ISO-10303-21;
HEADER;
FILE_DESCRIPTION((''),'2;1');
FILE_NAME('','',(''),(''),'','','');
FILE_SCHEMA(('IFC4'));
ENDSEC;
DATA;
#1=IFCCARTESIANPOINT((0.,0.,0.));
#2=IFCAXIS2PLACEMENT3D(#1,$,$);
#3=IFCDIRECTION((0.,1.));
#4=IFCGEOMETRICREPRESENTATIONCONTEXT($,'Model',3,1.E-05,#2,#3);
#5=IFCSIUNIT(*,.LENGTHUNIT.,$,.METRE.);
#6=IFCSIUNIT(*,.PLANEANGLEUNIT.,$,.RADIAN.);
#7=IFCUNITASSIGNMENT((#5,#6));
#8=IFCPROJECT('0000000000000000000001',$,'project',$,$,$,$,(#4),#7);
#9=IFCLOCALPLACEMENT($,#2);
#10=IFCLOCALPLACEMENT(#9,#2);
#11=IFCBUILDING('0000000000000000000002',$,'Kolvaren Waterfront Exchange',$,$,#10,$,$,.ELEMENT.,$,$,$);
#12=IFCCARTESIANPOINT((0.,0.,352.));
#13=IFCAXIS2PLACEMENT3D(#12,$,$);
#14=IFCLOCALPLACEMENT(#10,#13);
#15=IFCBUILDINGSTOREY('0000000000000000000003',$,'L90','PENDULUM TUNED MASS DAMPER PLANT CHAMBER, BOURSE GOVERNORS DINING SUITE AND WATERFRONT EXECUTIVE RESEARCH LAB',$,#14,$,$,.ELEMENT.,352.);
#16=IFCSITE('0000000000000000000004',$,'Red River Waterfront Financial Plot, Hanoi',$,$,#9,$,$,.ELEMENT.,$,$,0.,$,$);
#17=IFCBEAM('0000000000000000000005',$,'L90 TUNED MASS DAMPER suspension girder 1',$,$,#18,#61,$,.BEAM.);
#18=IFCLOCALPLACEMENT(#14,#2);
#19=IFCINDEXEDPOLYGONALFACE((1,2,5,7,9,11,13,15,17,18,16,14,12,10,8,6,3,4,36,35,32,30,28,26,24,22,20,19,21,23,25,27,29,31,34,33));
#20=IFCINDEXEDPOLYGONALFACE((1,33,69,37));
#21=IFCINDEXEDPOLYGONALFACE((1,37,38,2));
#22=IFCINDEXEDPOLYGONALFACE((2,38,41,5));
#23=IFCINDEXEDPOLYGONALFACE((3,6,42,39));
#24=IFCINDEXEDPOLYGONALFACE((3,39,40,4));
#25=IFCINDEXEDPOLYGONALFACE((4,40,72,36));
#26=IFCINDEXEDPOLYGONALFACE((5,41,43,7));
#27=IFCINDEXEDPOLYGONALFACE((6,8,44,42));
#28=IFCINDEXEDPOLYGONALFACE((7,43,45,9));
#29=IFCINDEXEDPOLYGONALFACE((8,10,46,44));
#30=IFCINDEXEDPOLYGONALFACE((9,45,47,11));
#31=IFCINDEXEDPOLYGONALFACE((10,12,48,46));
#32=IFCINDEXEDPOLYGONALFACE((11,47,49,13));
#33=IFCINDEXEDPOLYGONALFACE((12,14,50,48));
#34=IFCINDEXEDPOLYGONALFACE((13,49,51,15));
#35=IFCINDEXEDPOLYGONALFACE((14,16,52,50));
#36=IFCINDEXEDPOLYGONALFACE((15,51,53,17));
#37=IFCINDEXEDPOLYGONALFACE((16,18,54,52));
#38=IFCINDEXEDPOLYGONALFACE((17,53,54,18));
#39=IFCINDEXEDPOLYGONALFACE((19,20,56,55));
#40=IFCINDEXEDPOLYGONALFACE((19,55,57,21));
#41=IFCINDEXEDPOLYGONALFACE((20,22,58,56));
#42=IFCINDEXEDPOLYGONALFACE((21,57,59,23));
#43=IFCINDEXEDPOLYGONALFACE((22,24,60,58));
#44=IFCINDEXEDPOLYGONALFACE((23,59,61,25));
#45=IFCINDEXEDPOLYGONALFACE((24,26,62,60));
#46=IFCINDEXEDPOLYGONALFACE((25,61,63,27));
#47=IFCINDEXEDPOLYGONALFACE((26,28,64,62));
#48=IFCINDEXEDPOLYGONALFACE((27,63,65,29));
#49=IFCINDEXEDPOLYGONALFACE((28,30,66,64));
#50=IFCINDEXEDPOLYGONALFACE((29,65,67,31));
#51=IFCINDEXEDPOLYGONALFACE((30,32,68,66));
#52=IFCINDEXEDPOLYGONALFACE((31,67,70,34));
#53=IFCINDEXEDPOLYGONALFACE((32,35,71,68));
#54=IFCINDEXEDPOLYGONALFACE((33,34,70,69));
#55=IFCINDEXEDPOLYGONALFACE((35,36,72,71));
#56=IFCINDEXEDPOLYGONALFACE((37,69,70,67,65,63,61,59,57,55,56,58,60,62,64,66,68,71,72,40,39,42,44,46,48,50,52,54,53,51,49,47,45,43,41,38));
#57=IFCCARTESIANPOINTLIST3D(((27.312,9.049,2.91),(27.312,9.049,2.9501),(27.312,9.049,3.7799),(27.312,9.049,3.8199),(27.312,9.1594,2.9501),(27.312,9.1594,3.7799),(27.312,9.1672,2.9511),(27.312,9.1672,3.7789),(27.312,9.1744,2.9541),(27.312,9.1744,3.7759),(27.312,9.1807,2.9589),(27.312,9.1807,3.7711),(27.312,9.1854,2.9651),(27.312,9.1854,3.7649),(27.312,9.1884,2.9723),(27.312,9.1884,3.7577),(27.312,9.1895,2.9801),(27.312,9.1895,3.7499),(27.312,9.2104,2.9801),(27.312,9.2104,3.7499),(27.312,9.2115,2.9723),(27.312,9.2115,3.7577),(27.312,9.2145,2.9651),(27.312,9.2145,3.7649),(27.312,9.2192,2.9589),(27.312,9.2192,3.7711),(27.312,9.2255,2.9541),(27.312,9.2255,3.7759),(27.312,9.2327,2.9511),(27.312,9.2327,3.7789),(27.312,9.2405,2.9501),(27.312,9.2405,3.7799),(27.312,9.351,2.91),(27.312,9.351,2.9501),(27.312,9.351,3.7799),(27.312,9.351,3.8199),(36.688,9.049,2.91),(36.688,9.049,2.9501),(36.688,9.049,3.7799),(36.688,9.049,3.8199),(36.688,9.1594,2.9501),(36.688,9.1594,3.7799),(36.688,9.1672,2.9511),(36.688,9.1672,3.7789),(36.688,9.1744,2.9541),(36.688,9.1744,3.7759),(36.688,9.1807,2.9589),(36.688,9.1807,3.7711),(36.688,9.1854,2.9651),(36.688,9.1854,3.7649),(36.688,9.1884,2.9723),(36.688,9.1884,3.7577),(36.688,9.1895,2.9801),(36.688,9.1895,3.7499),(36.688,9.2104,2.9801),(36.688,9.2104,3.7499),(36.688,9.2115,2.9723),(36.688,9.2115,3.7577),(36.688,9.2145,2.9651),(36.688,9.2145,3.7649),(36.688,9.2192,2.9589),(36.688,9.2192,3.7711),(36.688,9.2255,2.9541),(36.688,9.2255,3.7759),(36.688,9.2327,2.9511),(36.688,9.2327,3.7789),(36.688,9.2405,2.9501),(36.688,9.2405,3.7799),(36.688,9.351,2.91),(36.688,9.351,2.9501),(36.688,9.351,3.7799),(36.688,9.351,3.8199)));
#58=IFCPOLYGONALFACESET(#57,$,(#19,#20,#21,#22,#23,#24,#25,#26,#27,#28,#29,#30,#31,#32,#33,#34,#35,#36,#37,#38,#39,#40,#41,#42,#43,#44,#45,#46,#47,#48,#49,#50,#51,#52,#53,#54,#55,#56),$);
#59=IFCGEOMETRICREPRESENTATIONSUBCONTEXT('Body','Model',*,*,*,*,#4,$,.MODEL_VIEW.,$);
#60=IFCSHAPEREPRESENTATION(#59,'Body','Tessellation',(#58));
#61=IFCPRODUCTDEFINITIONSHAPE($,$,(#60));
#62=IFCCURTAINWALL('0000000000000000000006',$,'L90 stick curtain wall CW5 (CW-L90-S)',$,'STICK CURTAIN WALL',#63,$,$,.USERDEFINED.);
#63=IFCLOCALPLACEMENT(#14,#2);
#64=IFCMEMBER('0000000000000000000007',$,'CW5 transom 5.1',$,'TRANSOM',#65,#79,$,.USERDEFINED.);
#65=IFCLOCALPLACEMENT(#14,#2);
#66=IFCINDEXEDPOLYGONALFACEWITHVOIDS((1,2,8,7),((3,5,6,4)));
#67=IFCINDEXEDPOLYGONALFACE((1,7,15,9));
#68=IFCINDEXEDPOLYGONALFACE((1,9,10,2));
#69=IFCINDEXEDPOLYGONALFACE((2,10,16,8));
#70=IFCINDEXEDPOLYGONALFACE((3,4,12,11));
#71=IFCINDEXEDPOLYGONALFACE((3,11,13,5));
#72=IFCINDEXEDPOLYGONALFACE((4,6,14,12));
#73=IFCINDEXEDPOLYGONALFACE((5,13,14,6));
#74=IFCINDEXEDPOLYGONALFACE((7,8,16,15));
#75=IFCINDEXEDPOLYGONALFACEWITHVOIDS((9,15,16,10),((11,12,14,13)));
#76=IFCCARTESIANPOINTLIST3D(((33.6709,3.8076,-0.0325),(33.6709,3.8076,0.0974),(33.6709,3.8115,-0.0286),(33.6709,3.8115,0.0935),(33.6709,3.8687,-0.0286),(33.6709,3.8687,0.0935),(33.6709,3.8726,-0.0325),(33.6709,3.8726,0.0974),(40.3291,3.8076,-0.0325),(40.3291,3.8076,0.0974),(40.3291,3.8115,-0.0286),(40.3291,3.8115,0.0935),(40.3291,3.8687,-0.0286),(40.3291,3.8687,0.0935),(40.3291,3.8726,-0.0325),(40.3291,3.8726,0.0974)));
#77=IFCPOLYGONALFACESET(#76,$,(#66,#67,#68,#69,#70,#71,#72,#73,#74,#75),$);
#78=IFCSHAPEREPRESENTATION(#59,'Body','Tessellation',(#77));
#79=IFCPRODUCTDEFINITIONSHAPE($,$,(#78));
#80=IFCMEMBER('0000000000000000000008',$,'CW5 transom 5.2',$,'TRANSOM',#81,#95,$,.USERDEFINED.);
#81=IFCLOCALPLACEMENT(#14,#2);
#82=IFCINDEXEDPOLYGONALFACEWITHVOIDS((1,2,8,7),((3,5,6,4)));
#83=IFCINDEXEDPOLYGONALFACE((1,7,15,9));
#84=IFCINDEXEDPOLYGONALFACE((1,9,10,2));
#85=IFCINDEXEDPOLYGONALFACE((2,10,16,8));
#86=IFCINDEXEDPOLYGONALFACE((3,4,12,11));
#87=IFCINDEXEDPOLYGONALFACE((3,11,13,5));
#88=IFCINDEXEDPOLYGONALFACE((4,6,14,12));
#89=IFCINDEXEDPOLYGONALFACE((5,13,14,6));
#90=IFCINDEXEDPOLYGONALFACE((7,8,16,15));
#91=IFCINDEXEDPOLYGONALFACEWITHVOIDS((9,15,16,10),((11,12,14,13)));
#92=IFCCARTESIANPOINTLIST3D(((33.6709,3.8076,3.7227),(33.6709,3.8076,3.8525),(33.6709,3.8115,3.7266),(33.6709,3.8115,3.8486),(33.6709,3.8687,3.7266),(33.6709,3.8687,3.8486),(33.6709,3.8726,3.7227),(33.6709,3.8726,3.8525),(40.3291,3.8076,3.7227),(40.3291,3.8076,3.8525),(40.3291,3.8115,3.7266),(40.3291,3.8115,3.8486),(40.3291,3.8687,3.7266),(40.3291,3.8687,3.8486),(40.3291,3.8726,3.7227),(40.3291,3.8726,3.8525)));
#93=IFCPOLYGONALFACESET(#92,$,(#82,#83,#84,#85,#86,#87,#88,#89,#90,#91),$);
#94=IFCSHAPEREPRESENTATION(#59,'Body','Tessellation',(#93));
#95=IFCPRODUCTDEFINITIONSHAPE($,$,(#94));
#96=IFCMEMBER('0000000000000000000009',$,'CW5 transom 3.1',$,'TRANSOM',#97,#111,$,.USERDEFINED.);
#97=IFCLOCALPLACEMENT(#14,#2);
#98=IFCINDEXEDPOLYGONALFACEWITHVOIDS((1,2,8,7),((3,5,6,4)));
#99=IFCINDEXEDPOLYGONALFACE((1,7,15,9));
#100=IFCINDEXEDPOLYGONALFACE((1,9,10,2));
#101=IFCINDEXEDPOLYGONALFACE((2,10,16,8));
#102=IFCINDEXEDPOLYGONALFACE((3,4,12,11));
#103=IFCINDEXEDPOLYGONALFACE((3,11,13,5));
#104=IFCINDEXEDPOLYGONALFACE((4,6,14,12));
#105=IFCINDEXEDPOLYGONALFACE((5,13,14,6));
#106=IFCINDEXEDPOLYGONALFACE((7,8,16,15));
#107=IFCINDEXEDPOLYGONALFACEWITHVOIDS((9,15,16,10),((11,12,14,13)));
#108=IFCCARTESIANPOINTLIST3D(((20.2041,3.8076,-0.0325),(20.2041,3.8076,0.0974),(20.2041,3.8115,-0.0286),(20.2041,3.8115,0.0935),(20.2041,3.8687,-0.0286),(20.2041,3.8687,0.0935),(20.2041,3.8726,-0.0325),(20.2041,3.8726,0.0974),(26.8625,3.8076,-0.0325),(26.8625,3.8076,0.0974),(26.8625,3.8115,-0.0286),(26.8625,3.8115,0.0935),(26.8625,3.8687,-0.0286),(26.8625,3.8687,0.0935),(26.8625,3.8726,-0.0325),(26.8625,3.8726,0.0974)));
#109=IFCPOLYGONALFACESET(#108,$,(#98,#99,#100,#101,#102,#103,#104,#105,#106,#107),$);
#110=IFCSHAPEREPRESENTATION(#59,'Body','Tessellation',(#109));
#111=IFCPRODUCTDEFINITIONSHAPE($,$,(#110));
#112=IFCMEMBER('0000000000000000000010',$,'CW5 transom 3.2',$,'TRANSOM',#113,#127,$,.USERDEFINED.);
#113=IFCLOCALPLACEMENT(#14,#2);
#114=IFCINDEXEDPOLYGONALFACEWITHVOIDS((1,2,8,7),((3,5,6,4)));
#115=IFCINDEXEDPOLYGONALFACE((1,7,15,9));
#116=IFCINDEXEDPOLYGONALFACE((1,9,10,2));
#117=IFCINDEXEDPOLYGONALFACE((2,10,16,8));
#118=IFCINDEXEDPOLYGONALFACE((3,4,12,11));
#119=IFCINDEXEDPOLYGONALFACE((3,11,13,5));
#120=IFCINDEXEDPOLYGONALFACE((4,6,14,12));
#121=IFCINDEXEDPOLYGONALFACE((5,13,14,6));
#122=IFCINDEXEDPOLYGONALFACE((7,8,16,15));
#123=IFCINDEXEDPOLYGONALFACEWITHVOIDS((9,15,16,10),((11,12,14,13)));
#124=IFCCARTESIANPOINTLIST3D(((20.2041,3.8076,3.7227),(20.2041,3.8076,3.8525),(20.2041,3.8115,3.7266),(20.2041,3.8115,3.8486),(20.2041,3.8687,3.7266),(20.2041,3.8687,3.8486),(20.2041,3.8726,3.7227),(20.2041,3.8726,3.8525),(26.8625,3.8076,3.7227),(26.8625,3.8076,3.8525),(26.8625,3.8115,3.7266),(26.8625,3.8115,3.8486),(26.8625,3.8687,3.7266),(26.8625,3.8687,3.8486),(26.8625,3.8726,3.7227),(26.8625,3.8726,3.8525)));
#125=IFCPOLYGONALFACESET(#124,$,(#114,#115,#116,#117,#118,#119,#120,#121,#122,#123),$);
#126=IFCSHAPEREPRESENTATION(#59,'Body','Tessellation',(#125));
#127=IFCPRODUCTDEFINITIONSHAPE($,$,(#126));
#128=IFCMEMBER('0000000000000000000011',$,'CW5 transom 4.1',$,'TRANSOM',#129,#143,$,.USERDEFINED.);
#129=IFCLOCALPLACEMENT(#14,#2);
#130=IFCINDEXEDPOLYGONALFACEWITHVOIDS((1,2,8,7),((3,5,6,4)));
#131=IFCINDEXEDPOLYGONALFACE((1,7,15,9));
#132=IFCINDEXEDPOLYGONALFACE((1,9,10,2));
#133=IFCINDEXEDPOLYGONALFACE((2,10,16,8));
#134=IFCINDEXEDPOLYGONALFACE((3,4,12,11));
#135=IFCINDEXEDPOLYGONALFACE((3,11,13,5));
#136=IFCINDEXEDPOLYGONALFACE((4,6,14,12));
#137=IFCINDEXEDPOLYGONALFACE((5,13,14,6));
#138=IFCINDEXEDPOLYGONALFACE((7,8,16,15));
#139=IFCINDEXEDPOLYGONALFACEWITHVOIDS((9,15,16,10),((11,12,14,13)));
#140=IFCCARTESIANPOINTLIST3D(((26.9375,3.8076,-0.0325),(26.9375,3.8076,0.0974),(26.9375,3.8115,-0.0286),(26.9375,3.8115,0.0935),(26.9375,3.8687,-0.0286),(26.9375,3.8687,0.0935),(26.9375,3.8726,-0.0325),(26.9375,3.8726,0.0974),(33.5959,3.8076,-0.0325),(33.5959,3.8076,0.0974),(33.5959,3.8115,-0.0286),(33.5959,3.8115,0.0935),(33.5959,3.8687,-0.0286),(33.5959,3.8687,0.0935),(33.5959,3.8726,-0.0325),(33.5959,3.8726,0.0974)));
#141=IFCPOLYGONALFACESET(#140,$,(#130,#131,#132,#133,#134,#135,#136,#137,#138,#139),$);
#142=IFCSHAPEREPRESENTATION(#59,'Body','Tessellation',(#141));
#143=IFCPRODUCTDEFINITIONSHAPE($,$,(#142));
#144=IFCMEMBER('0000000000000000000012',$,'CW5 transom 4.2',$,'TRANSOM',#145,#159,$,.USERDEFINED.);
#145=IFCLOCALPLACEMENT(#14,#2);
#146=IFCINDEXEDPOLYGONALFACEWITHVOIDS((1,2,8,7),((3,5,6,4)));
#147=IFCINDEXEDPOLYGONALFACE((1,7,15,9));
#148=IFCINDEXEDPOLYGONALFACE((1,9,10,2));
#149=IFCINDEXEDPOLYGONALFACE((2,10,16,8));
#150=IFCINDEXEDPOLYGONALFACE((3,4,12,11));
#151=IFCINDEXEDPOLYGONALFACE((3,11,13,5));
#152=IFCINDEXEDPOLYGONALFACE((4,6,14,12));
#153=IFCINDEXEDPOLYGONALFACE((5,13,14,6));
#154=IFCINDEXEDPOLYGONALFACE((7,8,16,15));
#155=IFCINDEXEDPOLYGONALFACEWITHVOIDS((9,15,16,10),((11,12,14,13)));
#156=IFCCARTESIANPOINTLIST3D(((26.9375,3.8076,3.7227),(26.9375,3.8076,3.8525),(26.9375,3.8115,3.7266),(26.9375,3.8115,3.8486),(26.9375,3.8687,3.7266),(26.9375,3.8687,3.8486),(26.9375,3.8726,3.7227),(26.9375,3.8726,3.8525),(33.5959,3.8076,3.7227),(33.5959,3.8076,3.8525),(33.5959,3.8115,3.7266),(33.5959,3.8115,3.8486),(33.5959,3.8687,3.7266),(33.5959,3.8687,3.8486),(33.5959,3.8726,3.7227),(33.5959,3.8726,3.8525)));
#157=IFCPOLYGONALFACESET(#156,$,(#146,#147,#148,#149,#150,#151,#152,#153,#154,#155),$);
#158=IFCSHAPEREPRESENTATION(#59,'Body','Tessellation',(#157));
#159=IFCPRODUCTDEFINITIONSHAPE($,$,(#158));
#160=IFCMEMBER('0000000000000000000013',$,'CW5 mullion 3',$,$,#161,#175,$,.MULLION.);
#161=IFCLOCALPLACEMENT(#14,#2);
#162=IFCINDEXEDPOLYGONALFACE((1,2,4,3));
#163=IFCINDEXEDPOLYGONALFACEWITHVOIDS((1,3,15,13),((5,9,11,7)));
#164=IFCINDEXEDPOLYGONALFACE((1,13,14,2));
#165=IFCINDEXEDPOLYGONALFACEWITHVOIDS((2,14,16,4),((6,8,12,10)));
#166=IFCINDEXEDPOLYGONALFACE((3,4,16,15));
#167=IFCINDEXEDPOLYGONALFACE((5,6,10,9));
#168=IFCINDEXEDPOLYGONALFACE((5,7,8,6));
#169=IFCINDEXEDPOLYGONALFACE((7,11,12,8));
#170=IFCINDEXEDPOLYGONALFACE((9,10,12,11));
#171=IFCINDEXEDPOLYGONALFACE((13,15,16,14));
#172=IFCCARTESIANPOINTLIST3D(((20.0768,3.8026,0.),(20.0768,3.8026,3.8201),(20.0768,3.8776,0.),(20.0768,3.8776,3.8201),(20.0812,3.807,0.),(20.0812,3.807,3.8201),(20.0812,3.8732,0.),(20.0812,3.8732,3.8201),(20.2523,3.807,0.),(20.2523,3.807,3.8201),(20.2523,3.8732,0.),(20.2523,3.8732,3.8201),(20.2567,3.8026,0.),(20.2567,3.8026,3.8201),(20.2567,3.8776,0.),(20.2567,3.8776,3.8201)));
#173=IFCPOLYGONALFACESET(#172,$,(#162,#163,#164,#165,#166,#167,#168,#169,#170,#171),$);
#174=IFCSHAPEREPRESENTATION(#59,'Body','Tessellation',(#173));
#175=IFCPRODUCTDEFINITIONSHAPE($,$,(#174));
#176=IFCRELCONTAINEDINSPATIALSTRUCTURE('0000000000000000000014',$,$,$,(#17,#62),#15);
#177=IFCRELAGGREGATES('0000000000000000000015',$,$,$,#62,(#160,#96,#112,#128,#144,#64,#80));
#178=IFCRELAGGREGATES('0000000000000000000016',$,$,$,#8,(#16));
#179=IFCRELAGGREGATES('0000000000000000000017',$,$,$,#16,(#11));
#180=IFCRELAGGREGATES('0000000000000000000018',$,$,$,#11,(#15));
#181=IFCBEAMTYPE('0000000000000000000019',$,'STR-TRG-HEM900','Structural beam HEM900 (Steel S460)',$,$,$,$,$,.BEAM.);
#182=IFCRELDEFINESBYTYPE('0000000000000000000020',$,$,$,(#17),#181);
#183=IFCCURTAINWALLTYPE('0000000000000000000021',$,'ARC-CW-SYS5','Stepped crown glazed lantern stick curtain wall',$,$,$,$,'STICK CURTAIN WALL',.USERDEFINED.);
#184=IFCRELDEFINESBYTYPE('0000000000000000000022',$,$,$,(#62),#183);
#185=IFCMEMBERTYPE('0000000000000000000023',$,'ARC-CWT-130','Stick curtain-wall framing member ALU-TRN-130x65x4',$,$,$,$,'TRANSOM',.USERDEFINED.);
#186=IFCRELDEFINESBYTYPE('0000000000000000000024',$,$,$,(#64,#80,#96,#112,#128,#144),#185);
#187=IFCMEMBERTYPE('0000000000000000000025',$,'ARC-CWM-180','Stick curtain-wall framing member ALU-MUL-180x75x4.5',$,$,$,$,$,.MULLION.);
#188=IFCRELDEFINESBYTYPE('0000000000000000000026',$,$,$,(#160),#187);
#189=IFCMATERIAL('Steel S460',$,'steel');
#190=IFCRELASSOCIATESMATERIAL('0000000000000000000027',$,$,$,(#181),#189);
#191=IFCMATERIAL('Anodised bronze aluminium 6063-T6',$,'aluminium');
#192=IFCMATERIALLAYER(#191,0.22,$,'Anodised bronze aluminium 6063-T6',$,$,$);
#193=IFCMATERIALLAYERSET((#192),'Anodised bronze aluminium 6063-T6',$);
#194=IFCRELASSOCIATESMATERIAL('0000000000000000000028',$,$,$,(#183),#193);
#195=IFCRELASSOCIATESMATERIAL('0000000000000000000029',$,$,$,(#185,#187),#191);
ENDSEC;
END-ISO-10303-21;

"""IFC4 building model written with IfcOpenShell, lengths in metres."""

from ifc_helpers import new_model, si_unit, direction, frame, origin, origin_with_axes, origin_2d, place, context, subcontext, project, spatial, hollow_rectangle, i_section, extrude, source, transform, mapped, material, layer, layer_set, material_profile, profile_set, type_object, element, aggregate, save


model = new_model("IFC4")

# Units and contexts
model_context = context("Model", 3, precision=1e-05, world=origin(), true_north=direction((0.0, 1.0)))
body_context = subcontext(model_context, "Body", "Model", "MODEL_VIEW")
ifc_project = project(units=[si_unit("LENGTHUNIT", "METRE"), si_unit("PLANEANGLEUNIT", "RADIAN")], contexts=[model_context])

# Site, building, storey
site_placement = place(None, origin())
site = spatial("IfcSite", under=ifc_project, at=site_placement, Name="Red River Waterfront Financial Plot, Hanoi", CompositionType="ELEMENT", RefElevation=0.0)
building_placement = place(site_placement, origin())
building = spatial("IfcBuilding", under=site, at=building_placement, Name="Kolvaren Waterfront Exchange", CompositionType="ELEMENT")
storey_placement = place(building_placement, frame((0.0, 0.0, 352.0)))
storey = spatial("IfcBuildingStorey", under=building, at=storey_placement, Name="L90", Description="PENDULUM TUNED MASS DAMPER PLANT CHAMBER, BOURSE GOVERNORS DINING SUITE AND WATERFRONT EXECUTIVE RESEARCH LAB", CompositionType="ELEMENT", Elevation=352.0)

# Beam
ifc_material_1 = material(Name="Steel S460", Category="steel")
ifc_material_profile_1 = material_profile(ifc_material_1, i_section(OverallWidth=0.302, OverallDepth=0.9099, WebThickness=0.021, FlangeThickness=0.04, FilletRadius=0.03, at=origin_2d()), Name="HEM900")
ifc_profile_set_1 = profile_set([ifc_material_profile_1], Name="Steel S460")
beam_type_1 = type_object("IfcBeamType", Name="STR-TRG-HEM900", Description="Structural beam HEM900 (Steel S460)", PredefinedType="BEAM", material=ifc_profile_set_1)
beam_1_placement = place(storey_placement, frame((27.312, 9.2, 3.365), z_axis=(1.0, 0.0, 0.0), x_axis=(0.0, 1.0, 0.0)))
element("IfcBeam", 1, at=beam_1_placement, inside=storey, type_object=beam_type_1, Name="L90 TUNED MASS DAMPER suspension girder 1", PredefinedType="BEAM", context=body_context, shape_type="SweptSolid", body=[
    extrude(i_section(OverallWidth=0.302, OverallDepth=0.9099, WebThickness=0.021, FlangeThickness=0.04, FilletRadius=0.03, at=origin_2d()), origin(), (0.0, 0.0, 1.0), 9.376),
])

# Curtain wall, members
ifc_material_2 = material(Name="Anodised bronze aluminium 6063-T6", Category="aluminium")
ifc_layer_1 = layer(ifc_material_2, 0.22, Name="Anodised bronze aluminium 6063-T6")
ifc_layer_set_1 = layer_set([ifc_layer_1], Name="Anodised bronze aluminium 6063-T6")
curtain_wall_type = type_object("IfcCurtainWallType", Name="ARC-CW-SYS5", Description="Stepped crown glazed lantern stick curtain wall", ElementType="STICK CURTAIN WALL", PredefinedType="USERDEFINED", material=ifc_layer_set_1)
curtain_wall_placement = place(storey_placement, origin())
curtain_wall = element("IfcCurtainWall", 2, at=curtain_wall_placement, inside=storey, type_object=curtain_wall_type, Name="L90 stick curtain wall CW5 (CW-L90-S)", ObjectType="STICK CURTAIN WALL", PredefinedType="USERDEFINED")
ifc_material_profile_2 = material_profile(ifc_material_2, hollow_rectangle(XDim=0.0649, YDim=0.1299, WallThickness=0.0039, at=origin_2d()), Name="ALU-TRN-130x65x4")
ifc_profile_set_2 = profile_set([ifc_material_profile_2], Name="Anodised bronze aluminium 6063-T6")
member_type_1 = type_object("IfcMemberType", Name="ARC-CWT-130", Description="Stick curtain-wall framing member ALU-TRN-130x65x4", ElementType="TRANSOM", PredefinedType="USERDEFINED", material=ifc_profile_set_2)
shared_shape_1 = source(origin_with_axes(), body_context, "Body", "SweptSolid", [
    extrude(hollow_rectangle(XDim=0.0649, YDim=0.1299, WallThickness=0.0039, at=origin_2d()), origin(), (0.0, 0.0, 1.0), 6.6582),
])
member_1_placement = place(storey_placement, frame((33.6709, 3.8401, 0.0325), z_axis=(1.0, 0.0, 0.0), x_axis=(0.0, 1.0, 0.0)))
member_1 = element("IfcMember", 3, at=member_1_placement, type_object=member_type_1, Name="CW5 transom 5.1", ObjectType="TRANSOM", PredefinedType="USERDEFINED", context=body_context, shape_type="MappedRepresentation", body=[
    mapped(shared_shape_1, transform((0.0, 0.0, 0.0), x_axis=(1.0, 0.0, 0.0), y_axis=(0.0, 1.0, 0.0), z_axis=(0.0, 0.0, 1.0), scale=1.0)),
])
member_2_placement = place(storey_placement, frame((33.6709, 3.8401, 3.7876), z_axis=(1.0, 0.0, 0.0), x_axis=(0.0, 1.0, 0.0)))
member_2 = element("IfcMember", 4, at=member_2_placement, type_object=member_type_1, Name="CW5 transom 5.2", ObjectType="TRANSOM", PredefinedType="USERDEFINED", context=body_context, shape_type="MappedRepresentation", body=[
    mapped(shared_shape_1, transform((0.0, 0.0, 0.0), x_axis=(1.0, 0.0, 0.0), y_axis=(0.0, 1.0, 0.0), z_axis=(0.0, 0.0, 1.0), scale=1.0)),
])
shared_shape_2 = source(origin_with_axes(), body_context, "Body", "SweptSolid", [
    extrude(hollow_rectangle(XDim=0.0649, YDim=0.1299, WallThickness=0.0039, at=origin_2d()), origin(), (0.0, 0.0, 1.0), 6.6584),
])
member_3_placement = place(storey_placement, frame((20.2041, 3.8401, 0.0325), z_axis=(1.0, 0.0, 0.0), x_axis=(0.0, 1.0, 0.0)))
member_3 = element("IfcMember", 5, at=member_3_placement, type_object=member_type_1, Name="CW5 transom 3.1", ObjectType="TRANSOM", PredefinedType="USERDEFINED", context=body_context, shape_type="MappedRepresentation", body=[
    mapped(shared_shape_2, transform((0.0, 0.0, 0.0), x_axis=(1.0, 0.0, 0.0), y_axis=(0.0, 1.0, 0.0), z_axis=(0.0, 0.0, 1.0), scale=1.0)),
])
member_4_placement = place(storey_placement, frame((20.2041, 3.8401, 3.7876), z_axis=(1.0, 0.0, 0.0), x_axis=(0.0, 1.0, 0.0)))
member_4 = element("IfcMember", 6, at=member_4_placement, type_object=member_type_1, Name="CW5 transom 3.2", ObjectType="TRANSOM", PredefinedType="USERDEFINED", context=body_context, shape_type="MappedRepresentation", body=[
    mapped(shared_shape_2, transform((0.0, 0.0, 0.0), x_axis=(1.0, 0.0, 0.0), y_axis=(0.0, 1.0, 0.0), z_axis=(0.0, 0.0, 1.0), scale=1.0)),
])
member_5_placement = place(storey_placement, frame((26.9375, 3.8401, 0.0325), z_axis=(1.0, 0.0, 0.0), x_axis=(0.0, 1.0, 0.0)))
member_5 = element("IfcMember", 7, at=member_5_placement, type_object=member_type_1, Name="CW5 transom 4.1", ObjectType="TRANSOM", PredefinedType="USERDEFINED", context=body_context, shape_type="MappedRepresentation", body=[
    mapped(shared_shape_2, transform((0.0, 0.0, 0.0), x_axis=(1.0, 0.0, 0.0), y_axis=(0.0, 1.0, 0.0), z_axis=(0.0, 0.0, 1.0), scale=1.0)),
])
member_6_placement = place(storey_placement, frame((26.9375, 3.8401, 3.7876), z_axis=(1.0, 0.0, 0.0), x_axis=(0.0, 1.0, 0.0)))
member_6 = element("IfcMember", 8, at=member_6_placement, type_object=member_type_1, Name="CW5 transom 4.2", ObjectType="TRANSOM", PredefinedType="USERDEFINED", context=body_context, shape_type="MappedRepresentation", body=[
    mapped(shared_shape_2, transform((0.0, 0.0, 0.0), x_axis=(1.0, 0.0, 0.0), y_axis=(0.0, 1.0, 0.0), z_axis=(0.0, 0.0, 1.0), scale=1.0)),
])
ifc_material_profile_3 = material_profile(ifc_material_2, hollow_rectangle(XDim=0.075, YDim=0.1799, WallThickness=0.0044, at=origin_2d()), Name="ALU-MUL-180x75x4.5")
ifc_profile_set_3 = profile_set([ifc_material_profile_3], Name="Anodised bronze aluminium 6063-T6")
member_type_2 = type_object("IfcMemberType", Name="ARC-CWM-180", Description="Stick curtain-wall framing member ALU-MUL-180x75x4.5", PredefinedType="MULLION", material=ifc_profile_set_3)
shared_shape_3 = source(origin_with_axes(), body_context, "Body", "SweptSolid", [
    extrude(hollow_rectangle(XDim=0.075, YDim=0.1799, WallThickness=0.0044, at=origin_2d()), origin(), (0.0, 0.0, 1.0), 3.8201),
])
member_7_placement = place(storey_placement, frame((20.1667, 3.8401, 0.0), z_axis=(0.0, 0.0, 1.0), x_axis=(0.0, 1.0, 0.0)))
member_7 = element("IfcMember", 9, at=member_7_placement, type_object=member_type_2, Name="CW5 mullion 3", PredefinedType="MULLION", context=body_context, shape_type="MappedRepresentation", body=[
    mapped(shared_shape_3, transform((0.0, 0.0, 0.0), x_axis=(1.0, 0.0, 0.0), y_axis=(0.0, 1.0, 0.0), z_axis=(0.0, 0.0, 1.0), scale=1.0)),
])

aggregate(curtain_wall, [member_7, member_3, member_4, member_5, member_6, member_1, member_2])

save(model, "model.ifc")
